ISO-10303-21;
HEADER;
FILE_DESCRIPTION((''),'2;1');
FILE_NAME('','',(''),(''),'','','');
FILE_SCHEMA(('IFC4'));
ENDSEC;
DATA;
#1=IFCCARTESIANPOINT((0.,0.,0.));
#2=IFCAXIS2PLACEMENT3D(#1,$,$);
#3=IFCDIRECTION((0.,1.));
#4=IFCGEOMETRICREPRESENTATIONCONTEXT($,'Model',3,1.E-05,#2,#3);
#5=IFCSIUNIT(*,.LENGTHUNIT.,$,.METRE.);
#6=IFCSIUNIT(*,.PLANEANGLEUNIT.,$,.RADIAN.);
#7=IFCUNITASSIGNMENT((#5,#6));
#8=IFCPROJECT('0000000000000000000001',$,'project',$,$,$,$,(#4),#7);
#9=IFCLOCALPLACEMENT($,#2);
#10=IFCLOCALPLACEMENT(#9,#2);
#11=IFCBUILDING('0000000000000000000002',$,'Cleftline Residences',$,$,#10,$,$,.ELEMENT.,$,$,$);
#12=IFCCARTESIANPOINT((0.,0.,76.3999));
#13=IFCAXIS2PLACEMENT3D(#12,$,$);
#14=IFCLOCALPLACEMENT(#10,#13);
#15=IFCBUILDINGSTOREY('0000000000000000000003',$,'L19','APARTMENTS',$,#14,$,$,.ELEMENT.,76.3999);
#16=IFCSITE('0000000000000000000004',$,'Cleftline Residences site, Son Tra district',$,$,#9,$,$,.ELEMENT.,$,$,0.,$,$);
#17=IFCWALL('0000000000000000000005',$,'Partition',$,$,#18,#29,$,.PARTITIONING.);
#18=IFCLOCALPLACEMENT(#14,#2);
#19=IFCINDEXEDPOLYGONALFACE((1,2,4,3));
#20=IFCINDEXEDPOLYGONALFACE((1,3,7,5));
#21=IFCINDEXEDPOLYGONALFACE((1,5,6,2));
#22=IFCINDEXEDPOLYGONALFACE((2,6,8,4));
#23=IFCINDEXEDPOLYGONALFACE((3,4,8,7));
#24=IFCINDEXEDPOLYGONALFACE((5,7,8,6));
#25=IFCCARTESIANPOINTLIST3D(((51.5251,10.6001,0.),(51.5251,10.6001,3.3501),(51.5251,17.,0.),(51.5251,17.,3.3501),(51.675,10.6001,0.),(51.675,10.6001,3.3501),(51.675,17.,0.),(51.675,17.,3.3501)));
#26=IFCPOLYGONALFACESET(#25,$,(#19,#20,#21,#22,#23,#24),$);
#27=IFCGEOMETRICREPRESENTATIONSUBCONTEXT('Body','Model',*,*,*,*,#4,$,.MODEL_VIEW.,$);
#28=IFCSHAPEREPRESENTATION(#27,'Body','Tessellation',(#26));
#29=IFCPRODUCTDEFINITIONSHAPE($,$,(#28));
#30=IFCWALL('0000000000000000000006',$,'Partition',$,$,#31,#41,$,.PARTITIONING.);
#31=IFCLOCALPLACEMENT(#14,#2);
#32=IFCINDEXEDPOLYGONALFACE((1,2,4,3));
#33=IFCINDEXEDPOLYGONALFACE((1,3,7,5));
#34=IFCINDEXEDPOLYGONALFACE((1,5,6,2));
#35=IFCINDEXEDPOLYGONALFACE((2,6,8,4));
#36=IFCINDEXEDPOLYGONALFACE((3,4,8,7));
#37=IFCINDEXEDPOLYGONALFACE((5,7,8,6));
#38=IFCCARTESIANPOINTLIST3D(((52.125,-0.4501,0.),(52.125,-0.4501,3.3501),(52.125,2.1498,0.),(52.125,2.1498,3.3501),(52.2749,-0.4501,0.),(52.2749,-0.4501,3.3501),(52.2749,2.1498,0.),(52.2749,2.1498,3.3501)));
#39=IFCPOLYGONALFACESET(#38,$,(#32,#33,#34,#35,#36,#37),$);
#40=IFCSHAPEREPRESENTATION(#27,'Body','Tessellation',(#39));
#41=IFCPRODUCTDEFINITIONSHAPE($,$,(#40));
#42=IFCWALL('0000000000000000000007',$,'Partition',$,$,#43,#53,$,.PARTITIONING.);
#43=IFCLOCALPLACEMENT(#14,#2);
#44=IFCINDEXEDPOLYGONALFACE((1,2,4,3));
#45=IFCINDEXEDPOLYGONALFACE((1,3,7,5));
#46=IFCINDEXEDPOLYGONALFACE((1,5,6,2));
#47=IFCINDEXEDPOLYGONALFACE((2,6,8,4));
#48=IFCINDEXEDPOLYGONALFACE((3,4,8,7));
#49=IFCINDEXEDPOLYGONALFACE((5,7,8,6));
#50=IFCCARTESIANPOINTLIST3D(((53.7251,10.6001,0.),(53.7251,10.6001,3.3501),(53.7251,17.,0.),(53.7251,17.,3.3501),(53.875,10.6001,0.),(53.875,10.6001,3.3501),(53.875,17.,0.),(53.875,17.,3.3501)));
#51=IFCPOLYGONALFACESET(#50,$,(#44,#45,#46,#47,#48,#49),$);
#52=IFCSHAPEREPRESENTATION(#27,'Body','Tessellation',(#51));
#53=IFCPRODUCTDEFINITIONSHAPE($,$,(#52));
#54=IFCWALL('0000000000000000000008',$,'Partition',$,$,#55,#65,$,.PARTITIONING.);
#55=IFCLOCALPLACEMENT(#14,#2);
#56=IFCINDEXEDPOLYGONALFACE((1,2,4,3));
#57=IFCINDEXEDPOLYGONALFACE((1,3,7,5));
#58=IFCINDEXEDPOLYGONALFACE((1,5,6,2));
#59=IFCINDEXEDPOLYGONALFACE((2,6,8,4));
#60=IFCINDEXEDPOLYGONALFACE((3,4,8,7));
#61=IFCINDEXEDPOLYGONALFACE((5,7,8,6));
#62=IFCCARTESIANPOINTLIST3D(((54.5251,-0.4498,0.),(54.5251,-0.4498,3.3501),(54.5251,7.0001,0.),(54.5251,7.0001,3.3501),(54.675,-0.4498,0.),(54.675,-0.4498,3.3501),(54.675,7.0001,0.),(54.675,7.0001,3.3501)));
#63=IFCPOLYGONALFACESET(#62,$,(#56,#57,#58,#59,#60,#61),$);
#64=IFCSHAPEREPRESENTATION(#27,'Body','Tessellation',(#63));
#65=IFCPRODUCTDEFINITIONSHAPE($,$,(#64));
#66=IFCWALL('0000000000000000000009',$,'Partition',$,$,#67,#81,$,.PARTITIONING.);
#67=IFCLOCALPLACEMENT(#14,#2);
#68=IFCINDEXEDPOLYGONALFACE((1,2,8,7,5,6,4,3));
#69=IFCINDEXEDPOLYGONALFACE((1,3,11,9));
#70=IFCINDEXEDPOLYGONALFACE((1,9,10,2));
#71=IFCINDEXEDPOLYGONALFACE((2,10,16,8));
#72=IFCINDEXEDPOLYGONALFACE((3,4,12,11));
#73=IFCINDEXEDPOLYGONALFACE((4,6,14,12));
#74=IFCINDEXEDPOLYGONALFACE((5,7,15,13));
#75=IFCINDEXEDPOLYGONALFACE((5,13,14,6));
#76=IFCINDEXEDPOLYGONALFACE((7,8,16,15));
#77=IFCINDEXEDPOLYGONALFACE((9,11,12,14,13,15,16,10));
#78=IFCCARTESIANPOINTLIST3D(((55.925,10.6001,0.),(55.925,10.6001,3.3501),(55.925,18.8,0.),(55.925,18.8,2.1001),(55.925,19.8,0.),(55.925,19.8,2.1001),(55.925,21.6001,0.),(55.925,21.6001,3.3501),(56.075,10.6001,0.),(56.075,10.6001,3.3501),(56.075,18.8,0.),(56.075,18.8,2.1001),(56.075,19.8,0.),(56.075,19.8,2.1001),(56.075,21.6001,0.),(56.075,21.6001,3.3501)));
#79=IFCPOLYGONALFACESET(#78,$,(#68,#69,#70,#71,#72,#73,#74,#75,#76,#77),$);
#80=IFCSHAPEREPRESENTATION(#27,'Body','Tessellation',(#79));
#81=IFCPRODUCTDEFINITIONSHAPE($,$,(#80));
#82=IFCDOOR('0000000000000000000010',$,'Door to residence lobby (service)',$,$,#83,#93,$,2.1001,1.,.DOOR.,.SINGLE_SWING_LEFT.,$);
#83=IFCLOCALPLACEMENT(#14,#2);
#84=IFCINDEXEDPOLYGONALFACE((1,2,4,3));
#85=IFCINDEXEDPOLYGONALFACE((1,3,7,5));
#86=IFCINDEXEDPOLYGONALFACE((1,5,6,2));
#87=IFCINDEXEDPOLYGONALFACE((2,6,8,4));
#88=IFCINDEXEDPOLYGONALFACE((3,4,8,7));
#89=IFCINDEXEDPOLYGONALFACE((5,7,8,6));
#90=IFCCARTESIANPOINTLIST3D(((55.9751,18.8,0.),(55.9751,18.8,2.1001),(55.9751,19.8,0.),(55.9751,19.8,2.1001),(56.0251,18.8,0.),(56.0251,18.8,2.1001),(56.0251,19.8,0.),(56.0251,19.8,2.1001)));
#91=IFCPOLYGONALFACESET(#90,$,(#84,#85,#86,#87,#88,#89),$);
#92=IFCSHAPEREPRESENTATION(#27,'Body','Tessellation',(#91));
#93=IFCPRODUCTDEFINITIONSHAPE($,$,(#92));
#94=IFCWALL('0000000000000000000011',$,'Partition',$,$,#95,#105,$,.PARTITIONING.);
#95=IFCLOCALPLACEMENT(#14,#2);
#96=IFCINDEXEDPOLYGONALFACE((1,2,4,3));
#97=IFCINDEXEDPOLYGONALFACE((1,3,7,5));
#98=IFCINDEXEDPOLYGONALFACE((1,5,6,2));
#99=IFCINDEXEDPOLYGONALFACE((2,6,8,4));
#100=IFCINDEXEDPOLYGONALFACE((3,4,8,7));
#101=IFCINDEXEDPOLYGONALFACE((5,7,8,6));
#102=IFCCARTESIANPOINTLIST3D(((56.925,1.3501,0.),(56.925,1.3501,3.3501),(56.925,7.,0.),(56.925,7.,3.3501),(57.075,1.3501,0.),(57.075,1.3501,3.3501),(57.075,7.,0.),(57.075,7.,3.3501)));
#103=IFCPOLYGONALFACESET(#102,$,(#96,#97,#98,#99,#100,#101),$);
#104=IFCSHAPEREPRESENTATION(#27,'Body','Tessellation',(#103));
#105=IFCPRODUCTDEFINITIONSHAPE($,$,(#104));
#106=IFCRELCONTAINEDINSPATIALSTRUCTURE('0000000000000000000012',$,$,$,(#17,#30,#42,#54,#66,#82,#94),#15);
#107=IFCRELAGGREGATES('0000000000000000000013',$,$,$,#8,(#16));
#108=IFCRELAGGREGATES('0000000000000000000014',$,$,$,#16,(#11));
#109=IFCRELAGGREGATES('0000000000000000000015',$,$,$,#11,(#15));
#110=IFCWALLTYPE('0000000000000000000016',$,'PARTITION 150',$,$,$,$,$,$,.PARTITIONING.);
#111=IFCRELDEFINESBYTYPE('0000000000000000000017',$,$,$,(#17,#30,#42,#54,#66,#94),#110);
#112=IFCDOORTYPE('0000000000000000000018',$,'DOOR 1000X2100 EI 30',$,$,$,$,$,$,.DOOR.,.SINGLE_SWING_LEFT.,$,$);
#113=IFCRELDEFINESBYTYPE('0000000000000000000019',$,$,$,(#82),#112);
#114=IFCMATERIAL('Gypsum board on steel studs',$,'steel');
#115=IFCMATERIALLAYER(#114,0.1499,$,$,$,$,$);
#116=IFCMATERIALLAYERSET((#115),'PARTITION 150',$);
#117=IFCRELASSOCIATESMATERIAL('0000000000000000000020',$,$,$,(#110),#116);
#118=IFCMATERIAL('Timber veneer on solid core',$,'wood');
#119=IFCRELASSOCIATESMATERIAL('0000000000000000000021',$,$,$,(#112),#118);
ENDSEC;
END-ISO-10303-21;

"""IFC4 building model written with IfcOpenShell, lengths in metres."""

from ifc_helpers import new_model, si_unit, direction, frame, frame_2d, origin, place, context, subcontext, project, spatial, rectangle, extrude, material, layer, layer_set, type_object, element, fill, save


model = new_model("IFC4")

# Units and contexts
model_context = context("Model", 3, precision=1e-05, world=origin(), true_north=direction((0.0, 1.0)))
body_context = subcontext(model_context, "Body", "Model", "MODEL_VIEW")
ifc_project = project(units=[si_unit("LENGTHUNIT", "METRE"), si_unit("PLANEANGLEUNIT", "RADIAN")], contexts=[model_context])

# Site, building, storey
site_placement = place(None, origin())
site = spatial("IfcSite", under=ifc_project, at=site_placement, Name="Cleftline Residences site, Son Tra district", CompositionType="ELEMENT", RefElevation=0.0)
building_placement = place(site_placement, origin())
building = spatial("IfcBuilding", under=site, at=building_placement, Name="Cleftline Residences", CompositionType="ELEMENT")
storey_placement = place(building_placement, frame((0.0, 0.0, 76.3999)))
storey = spatial("IfcBuildingStorey", under=building, at=storey_placement, Name="L19", Description="APARTMENTS", CompositionType="ELEMENT", Elevation=76.3999)

# Shared definitions
ifc_material_1 = material(Name="Gypsum board on steel studs", Category="steel")
ifc_layer_1 = layer(ifc_material_1, 0.1499)
ifc_layer_set_1 = layer_set([ifc_layer_1], Name="PARTITION 150")
wall_type_1 = type_object("IfcWallType", Name="PARTITION 150", PredefinedType="PARTITIONING", material=ifc_layer_set_1)

# Walls
wall_1_placement = place(storey_placement, frame((51.6001, 10.6001, 0.0), z_axis=(0.0, 0.0, 1.0), x_axis=(0.0, 1.0, 0.0)))
element("IfcWall", 1, at=wall_1_placement, inside=storey, type_object=wall_type_1, Name="Partition", PredefinedType="PARTITIONING", context=body_context, shape_type="SweptSolid", body=[
    extrude(rectangle(XDim=6.3999, YDim=0.1499, at=frame_2d((3.2, 0.0))), origin(), (0.0, 0.0, 1.0), 3.3501),
])
wall_2_placement = place(storey_placement, frame((52.2, -0.45, 0.0), z_axis=(0.0, 0.0, 1.0), x_axis=(0.0, 1.0, 0.0)))
element("IfcWall", 2, at=wall_2_placement, inside=storey, type_object=wall_type_1, Name="Partition", PredefinedType="PARTITIONING", context=body_context, shape_type="SweptSolid", body=[
    extrude(rectangle(XDim=2.5999, YDim=0.1499, at=frame_2d((1.2998, 0.0))), origin(), (0.0, 0.0, 1.0), 3.3501),
])
wall_3_placement = place(storey_placement, frame((53.8, 10.6001, 0.0), z_axis=(0.0, 0.0, 1.0), x_axis=(0.0, 1.0, 0.0)))
element("IfcWall", 3, at=wall_3_placement, inside=storey, type_object=wall_type_1, Name="Partition", PredefinedType="PARTITIONING", context=body_context, shape_type="SweptSolid", body=[
    extrude(rectangle(XDim=6.3999, YDim=0.1499, at=frame_2d((3.2, 0.0))), origin(), (0.0, 0.0, 1.0), 3.3501),
])
wall_4_placement = place(storey_placement, frame((54.6001, -0.45, 0.0), z_axis=(0.0, 0.0, 1.0), x_axis=(0.0, 1.0, 0.0)))
element("IfcWall", 4, at=wall_4_placement, inside=storey, type_object=wall_type_1, Name="Partition", PredefinedType="PARTITIONING", context=body_context, shape_type="SweptSolid", body=[
    extrude(rectangle(XDim=7.45, YDim=0.1499, at=frame_2d((3.7251, 0.0))), origin(), (0.0, 0.0, 1.0), 3.3501),
])

# Wall, opening, door
wall_5_placement = place(storey_placement, frame((56.0, 10.6001, 0.0), z_axis=(0.0, 0.0, 1.0), x_axis=(0.0, 1.0, 0.0)))
wall_5 = element("IfcWall", 5, at=wall_5_placement, inside=storey, type_object=wall_type_1, Name="Partition", PredefinedType="PARTITIONING", context=body_context, shape_type="SweptSolid", body=[
    extrude(rectangle(XDim=11.0, YDim=0.1499, at=frame_2d((5.5, 0.0))), origin(), (0.0, 0.0, 1.0), 3.3501),
])
opening_1_placement = place(wall_5_placement, frame((8.2, 0.0, 0.0)))
opening_1 = element("IfcOpeningElement", 6, at=opening_1_placement, cuts=wall_5, PredefinedType="OPENING", context=body_context, shape_type="SweptSolid", body=[
    extrude(rectangle(XDim=1.0, YDim=2.1001, at=frame_2d((0.5, 1.05))), frame((0.0, 0.085, 0.0), z_axis=(0.0, -1.0, 0.0), x_axis=(1.0, 0.0, 0.0)), (0.0, 0.0, 1.0), 0.1699),
])
ifc_material_2 = material(Name="Timber veneer on solid core", Category="wood")
door_type_1 = type_object("IfcDoorType", Name="DOOR 1000X2100 EI 30", OperationType="SINGLE_SWING_LEFT", PredefinedType="DOOR", material=ifc_material_2)
door_1_placement = place(opening_1_placement, origin())
door_1 = element("IfcDoor", 7, at=door_1_placement, inside=storey, type_object=door_type_1, Name="Door to residence lobby (service)", OperationType="SINGLE_SWING_LEFT", OverallHeight=2.1001, OverallWidth=1.0, PredefinedType="DOOR", context=body_context, shape_type="SweptSolid", body=[
    extrude(rectangle(XDim=1.0, YDim=2.1001, at=frame_2d((0.5, 1.05))), frame((0.0, 0.0249, 0.0), z_axis=(0.0, -1.0, 0.0), x_axis=(1.0, 0.0, 0.0)), (0.0, 0.0, 1.0), 0.05),
])
fill(opening_1, door_1)

# Wall
wall_6_placement = place(storey_placement, frame((57.0, 1.3501, 0.0), z_axis=(0.0, 0.0, 1.0), x_axis=(0.0, 1.0, 0.0)))
element("IfcWall", 8, at=wall_6_placement, inside=storey, type_object=wall_type_1, Name="Partition", PredefinedType="PARTITIONING", context=body_context, shape_type="SweptSolid", body=[
    extrude(rectangle(XDim=5.6499, YDim=0.1499, at=frame_2d((2.825, 0.0))), origin(), (0.0, 0.0, 1.0), 3.3501),
])

save(model, "model.ifc")
